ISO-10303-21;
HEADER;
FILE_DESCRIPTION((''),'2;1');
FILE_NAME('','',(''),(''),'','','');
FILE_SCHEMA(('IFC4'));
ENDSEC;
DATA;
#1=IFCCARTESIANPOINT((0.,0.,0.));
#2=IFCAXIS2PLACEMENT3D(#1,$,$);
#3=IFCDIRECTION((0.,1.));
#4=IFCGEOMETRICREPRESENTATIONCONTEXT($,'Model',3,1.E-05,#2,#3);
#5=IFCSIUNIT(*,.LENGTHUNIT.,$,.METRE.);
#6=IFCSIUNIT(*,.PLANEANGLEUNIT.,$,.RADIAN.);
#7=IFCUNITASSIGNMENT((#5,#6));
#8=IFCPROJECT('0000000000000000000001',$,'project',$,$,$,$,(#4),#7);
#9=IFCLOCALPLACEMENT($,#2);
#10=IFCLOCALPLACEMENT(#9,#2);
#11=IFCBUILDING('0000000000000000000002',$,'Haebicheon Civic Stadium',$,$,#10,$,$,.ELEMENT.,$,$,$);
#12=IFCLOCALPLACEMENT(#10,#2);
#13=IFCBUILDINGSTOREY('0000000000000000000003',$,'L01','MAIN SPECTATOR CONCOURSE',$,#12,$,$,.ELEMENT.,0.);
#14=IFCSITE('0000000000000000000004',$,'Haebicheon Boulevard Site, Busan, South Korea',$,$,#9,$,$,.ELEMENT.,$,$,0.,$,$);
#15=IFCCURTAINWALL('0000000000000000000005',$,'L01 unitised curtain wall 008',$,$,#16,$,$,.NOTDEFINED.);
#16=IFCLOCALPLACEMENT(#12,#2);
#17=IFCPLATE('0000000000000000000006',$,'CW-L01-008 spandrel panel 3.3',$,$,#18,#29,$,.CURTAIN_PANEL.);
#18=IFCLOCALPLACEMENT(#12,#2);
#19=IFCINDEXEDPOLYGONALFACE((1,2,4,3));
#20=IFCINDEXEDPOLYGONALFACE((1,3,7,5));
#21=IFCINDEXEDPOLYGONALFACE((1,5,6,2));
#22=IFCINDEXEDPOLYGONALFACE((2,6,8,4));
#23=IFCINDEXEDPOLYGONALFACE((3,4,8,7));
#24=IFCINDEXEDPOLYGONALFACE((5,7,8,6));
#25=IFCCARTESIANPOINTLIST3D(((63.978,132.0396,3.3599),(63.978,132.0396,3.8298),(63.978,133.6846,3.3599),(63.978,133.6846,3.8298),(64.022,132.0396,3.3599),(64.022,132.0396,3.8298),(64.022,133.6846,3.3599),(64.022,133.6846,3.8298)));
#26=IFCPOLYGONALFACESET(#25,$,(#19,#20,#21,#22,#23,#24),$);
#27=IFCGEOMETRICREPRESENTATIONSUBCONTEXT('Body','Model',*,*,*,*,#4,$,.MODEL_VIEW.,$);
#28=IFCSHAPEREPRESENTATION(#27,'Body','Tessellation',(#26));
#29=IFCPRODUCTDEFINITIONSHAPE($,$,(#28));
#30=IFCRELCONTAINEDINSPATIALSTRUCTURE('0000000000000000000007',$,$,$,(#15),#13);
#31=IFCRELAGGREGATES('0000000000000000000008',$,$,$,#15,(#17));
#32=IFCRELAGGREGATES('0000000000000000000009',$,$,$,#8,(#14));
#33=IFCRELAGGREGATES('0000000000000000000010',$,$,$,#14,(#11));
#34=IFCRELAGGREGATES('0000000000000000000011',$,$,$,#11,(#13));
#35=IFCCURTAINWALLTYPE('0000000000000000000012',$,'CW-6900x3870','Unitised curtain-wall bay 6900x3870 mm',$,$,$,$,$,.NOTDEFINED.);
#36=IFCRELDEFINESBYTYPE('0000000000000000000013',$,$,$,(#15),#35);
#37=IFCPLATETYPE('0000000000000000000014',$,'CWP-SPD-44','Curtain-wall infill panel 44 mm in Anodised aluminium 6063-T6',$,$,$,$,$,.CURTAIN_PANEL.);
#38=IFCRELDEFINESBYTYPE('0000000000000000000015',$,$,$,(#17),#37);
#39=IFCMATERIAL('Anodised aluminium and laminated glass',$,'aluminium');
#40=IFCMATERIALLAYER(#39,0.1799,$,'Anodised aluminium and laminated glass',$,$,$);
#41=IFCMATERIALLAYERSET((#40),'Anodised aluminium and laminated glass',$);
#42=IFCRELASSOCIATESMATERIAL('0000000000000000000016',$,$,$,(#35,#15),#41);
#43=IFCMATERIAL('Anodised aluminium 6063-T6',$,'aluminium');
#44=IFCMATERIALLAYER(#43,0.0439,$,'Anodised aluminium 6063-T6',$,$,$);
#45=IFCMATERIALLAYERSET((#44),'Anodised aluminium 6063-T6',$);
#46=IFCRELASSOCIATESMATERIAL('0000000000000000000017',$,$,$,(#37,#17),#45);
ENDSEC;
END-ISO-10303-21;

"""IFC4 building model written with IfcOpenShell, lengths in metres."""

from ifc_helpers import new_model, si_unit, direction, frame, origin, origin_2d, place, context, subcontext, project, spatial, rectangle, extrude, material, layer, layer_set, type_object, element, aggregate, save


model = new_model("IFC4")

# Units and contexts
model_context = context("Model", 3, precision=1e-05, world=origin(), true_north=direction((0.0, 1.0)))
body_context = subcontext(model_context, "Body", "Model", "MODEL_VIEW")
ifc_project = project(units=[si_unit("LENGTHUNIT", "METRE"), si_unit("PLANEANGLEUNIT", "RADIAN")], contexts=[model_context])

# Site, building, storey
site_placement = place(None, origin())
site = spatial("IfcSite", under=ifc_project, at=site_placement, Name="Haebicheon Boulevard Site, Busan, South Korea", CompositionType="ELEMENT", RefElevation=0.0)
building_placement = place(site_placement, origin())
building = spatial("IfcBuilding", under=site, at=building_placement, Name="Haebicheon Civic Stadium", CompositionType="ELEMENT")
storey_placement = place(building_placement, origin())
storey = spatial("IfcBuildingStorey", under=building, at=storey_placement, Name="L01", Description="MAIN SPECTATOR CONCOURSE", CompositionType="ELEMENT", Elevation=0.0)

# Curtain wall
ifc_material_1 = material(Name="Anodised aluminium and laminated glass", Category="aluminium")
ifc_layer_1 = layer(ifc_material_1, 0.1799, Name="Anodised aluminium and laminated glass")
ifc_layer_set_1 = layer_set([ifc_layer_1], Name="Anodised aluminium and laminated glass")
curtain_wall_type = type_object("IfcCurtainWallType", Name="CW-6900x3870", Description="Unitised curtain-wall bay 6900x3870 mm", PredefinedType="NOTDEFINED", material=ifc_layer_set_1)
curtain_wall_placement = place(storey_placement, origin())
curtain_wall = element("IfcCurtainWall", 1, at=curtain_wall_placement, inside=storey, type_object=curtain_wall_type, material=ifc_layer_set_1, Name="L01 unitised curtain wall 008", PredefinedType="NOTDEFINED")

# Plate
ifc_material_2 = material(Name="Anodised aluminium 6063-T6", Category="aluminium")
ifc_layer_2 = layer(ifc_material_2, 0.0439, Name="Anodised aluminium 6063-T6")
ifc_layer_set_2 = layer_set([ifc_layer_2], Name="Anodised aluminium 6063-T6")
plate_type_1 = type_object("IfcPlateType", Name="CWP-SPD-44", Description="Curtain-wall infill panel 44 mm in Anodised aluminium 6063-T6", PredefinedType="CURTAIN_PANEL", material=ifc_layer_set_2)
plate_1_placement = place(storey_placement, frame((64.0, 132.8621, 3.3599), z_axis=(0.0, 0.0, 1.0), x_axis=(0.0, 1.0, 0.0)))
plate_1 = element("IfcPlate", 2, at=plate_1_placement, type_object=plate_type_1, material=ifc_layer_set_2, Name="CW-L01-008 spandrel panel 3.3", PredefinedType="CURTAIN_PANEL", context=body_context, shape_type="SweptSolid", body=[
    extrude(rectangle(XDim=1.645, YDim=0.0439, at=origin_2d()), origin(), (0.0, 0.0, 1.0), 0.47),
])
aggregate(curtain_wall, [plate_1])

save(model, "model.ifc")
